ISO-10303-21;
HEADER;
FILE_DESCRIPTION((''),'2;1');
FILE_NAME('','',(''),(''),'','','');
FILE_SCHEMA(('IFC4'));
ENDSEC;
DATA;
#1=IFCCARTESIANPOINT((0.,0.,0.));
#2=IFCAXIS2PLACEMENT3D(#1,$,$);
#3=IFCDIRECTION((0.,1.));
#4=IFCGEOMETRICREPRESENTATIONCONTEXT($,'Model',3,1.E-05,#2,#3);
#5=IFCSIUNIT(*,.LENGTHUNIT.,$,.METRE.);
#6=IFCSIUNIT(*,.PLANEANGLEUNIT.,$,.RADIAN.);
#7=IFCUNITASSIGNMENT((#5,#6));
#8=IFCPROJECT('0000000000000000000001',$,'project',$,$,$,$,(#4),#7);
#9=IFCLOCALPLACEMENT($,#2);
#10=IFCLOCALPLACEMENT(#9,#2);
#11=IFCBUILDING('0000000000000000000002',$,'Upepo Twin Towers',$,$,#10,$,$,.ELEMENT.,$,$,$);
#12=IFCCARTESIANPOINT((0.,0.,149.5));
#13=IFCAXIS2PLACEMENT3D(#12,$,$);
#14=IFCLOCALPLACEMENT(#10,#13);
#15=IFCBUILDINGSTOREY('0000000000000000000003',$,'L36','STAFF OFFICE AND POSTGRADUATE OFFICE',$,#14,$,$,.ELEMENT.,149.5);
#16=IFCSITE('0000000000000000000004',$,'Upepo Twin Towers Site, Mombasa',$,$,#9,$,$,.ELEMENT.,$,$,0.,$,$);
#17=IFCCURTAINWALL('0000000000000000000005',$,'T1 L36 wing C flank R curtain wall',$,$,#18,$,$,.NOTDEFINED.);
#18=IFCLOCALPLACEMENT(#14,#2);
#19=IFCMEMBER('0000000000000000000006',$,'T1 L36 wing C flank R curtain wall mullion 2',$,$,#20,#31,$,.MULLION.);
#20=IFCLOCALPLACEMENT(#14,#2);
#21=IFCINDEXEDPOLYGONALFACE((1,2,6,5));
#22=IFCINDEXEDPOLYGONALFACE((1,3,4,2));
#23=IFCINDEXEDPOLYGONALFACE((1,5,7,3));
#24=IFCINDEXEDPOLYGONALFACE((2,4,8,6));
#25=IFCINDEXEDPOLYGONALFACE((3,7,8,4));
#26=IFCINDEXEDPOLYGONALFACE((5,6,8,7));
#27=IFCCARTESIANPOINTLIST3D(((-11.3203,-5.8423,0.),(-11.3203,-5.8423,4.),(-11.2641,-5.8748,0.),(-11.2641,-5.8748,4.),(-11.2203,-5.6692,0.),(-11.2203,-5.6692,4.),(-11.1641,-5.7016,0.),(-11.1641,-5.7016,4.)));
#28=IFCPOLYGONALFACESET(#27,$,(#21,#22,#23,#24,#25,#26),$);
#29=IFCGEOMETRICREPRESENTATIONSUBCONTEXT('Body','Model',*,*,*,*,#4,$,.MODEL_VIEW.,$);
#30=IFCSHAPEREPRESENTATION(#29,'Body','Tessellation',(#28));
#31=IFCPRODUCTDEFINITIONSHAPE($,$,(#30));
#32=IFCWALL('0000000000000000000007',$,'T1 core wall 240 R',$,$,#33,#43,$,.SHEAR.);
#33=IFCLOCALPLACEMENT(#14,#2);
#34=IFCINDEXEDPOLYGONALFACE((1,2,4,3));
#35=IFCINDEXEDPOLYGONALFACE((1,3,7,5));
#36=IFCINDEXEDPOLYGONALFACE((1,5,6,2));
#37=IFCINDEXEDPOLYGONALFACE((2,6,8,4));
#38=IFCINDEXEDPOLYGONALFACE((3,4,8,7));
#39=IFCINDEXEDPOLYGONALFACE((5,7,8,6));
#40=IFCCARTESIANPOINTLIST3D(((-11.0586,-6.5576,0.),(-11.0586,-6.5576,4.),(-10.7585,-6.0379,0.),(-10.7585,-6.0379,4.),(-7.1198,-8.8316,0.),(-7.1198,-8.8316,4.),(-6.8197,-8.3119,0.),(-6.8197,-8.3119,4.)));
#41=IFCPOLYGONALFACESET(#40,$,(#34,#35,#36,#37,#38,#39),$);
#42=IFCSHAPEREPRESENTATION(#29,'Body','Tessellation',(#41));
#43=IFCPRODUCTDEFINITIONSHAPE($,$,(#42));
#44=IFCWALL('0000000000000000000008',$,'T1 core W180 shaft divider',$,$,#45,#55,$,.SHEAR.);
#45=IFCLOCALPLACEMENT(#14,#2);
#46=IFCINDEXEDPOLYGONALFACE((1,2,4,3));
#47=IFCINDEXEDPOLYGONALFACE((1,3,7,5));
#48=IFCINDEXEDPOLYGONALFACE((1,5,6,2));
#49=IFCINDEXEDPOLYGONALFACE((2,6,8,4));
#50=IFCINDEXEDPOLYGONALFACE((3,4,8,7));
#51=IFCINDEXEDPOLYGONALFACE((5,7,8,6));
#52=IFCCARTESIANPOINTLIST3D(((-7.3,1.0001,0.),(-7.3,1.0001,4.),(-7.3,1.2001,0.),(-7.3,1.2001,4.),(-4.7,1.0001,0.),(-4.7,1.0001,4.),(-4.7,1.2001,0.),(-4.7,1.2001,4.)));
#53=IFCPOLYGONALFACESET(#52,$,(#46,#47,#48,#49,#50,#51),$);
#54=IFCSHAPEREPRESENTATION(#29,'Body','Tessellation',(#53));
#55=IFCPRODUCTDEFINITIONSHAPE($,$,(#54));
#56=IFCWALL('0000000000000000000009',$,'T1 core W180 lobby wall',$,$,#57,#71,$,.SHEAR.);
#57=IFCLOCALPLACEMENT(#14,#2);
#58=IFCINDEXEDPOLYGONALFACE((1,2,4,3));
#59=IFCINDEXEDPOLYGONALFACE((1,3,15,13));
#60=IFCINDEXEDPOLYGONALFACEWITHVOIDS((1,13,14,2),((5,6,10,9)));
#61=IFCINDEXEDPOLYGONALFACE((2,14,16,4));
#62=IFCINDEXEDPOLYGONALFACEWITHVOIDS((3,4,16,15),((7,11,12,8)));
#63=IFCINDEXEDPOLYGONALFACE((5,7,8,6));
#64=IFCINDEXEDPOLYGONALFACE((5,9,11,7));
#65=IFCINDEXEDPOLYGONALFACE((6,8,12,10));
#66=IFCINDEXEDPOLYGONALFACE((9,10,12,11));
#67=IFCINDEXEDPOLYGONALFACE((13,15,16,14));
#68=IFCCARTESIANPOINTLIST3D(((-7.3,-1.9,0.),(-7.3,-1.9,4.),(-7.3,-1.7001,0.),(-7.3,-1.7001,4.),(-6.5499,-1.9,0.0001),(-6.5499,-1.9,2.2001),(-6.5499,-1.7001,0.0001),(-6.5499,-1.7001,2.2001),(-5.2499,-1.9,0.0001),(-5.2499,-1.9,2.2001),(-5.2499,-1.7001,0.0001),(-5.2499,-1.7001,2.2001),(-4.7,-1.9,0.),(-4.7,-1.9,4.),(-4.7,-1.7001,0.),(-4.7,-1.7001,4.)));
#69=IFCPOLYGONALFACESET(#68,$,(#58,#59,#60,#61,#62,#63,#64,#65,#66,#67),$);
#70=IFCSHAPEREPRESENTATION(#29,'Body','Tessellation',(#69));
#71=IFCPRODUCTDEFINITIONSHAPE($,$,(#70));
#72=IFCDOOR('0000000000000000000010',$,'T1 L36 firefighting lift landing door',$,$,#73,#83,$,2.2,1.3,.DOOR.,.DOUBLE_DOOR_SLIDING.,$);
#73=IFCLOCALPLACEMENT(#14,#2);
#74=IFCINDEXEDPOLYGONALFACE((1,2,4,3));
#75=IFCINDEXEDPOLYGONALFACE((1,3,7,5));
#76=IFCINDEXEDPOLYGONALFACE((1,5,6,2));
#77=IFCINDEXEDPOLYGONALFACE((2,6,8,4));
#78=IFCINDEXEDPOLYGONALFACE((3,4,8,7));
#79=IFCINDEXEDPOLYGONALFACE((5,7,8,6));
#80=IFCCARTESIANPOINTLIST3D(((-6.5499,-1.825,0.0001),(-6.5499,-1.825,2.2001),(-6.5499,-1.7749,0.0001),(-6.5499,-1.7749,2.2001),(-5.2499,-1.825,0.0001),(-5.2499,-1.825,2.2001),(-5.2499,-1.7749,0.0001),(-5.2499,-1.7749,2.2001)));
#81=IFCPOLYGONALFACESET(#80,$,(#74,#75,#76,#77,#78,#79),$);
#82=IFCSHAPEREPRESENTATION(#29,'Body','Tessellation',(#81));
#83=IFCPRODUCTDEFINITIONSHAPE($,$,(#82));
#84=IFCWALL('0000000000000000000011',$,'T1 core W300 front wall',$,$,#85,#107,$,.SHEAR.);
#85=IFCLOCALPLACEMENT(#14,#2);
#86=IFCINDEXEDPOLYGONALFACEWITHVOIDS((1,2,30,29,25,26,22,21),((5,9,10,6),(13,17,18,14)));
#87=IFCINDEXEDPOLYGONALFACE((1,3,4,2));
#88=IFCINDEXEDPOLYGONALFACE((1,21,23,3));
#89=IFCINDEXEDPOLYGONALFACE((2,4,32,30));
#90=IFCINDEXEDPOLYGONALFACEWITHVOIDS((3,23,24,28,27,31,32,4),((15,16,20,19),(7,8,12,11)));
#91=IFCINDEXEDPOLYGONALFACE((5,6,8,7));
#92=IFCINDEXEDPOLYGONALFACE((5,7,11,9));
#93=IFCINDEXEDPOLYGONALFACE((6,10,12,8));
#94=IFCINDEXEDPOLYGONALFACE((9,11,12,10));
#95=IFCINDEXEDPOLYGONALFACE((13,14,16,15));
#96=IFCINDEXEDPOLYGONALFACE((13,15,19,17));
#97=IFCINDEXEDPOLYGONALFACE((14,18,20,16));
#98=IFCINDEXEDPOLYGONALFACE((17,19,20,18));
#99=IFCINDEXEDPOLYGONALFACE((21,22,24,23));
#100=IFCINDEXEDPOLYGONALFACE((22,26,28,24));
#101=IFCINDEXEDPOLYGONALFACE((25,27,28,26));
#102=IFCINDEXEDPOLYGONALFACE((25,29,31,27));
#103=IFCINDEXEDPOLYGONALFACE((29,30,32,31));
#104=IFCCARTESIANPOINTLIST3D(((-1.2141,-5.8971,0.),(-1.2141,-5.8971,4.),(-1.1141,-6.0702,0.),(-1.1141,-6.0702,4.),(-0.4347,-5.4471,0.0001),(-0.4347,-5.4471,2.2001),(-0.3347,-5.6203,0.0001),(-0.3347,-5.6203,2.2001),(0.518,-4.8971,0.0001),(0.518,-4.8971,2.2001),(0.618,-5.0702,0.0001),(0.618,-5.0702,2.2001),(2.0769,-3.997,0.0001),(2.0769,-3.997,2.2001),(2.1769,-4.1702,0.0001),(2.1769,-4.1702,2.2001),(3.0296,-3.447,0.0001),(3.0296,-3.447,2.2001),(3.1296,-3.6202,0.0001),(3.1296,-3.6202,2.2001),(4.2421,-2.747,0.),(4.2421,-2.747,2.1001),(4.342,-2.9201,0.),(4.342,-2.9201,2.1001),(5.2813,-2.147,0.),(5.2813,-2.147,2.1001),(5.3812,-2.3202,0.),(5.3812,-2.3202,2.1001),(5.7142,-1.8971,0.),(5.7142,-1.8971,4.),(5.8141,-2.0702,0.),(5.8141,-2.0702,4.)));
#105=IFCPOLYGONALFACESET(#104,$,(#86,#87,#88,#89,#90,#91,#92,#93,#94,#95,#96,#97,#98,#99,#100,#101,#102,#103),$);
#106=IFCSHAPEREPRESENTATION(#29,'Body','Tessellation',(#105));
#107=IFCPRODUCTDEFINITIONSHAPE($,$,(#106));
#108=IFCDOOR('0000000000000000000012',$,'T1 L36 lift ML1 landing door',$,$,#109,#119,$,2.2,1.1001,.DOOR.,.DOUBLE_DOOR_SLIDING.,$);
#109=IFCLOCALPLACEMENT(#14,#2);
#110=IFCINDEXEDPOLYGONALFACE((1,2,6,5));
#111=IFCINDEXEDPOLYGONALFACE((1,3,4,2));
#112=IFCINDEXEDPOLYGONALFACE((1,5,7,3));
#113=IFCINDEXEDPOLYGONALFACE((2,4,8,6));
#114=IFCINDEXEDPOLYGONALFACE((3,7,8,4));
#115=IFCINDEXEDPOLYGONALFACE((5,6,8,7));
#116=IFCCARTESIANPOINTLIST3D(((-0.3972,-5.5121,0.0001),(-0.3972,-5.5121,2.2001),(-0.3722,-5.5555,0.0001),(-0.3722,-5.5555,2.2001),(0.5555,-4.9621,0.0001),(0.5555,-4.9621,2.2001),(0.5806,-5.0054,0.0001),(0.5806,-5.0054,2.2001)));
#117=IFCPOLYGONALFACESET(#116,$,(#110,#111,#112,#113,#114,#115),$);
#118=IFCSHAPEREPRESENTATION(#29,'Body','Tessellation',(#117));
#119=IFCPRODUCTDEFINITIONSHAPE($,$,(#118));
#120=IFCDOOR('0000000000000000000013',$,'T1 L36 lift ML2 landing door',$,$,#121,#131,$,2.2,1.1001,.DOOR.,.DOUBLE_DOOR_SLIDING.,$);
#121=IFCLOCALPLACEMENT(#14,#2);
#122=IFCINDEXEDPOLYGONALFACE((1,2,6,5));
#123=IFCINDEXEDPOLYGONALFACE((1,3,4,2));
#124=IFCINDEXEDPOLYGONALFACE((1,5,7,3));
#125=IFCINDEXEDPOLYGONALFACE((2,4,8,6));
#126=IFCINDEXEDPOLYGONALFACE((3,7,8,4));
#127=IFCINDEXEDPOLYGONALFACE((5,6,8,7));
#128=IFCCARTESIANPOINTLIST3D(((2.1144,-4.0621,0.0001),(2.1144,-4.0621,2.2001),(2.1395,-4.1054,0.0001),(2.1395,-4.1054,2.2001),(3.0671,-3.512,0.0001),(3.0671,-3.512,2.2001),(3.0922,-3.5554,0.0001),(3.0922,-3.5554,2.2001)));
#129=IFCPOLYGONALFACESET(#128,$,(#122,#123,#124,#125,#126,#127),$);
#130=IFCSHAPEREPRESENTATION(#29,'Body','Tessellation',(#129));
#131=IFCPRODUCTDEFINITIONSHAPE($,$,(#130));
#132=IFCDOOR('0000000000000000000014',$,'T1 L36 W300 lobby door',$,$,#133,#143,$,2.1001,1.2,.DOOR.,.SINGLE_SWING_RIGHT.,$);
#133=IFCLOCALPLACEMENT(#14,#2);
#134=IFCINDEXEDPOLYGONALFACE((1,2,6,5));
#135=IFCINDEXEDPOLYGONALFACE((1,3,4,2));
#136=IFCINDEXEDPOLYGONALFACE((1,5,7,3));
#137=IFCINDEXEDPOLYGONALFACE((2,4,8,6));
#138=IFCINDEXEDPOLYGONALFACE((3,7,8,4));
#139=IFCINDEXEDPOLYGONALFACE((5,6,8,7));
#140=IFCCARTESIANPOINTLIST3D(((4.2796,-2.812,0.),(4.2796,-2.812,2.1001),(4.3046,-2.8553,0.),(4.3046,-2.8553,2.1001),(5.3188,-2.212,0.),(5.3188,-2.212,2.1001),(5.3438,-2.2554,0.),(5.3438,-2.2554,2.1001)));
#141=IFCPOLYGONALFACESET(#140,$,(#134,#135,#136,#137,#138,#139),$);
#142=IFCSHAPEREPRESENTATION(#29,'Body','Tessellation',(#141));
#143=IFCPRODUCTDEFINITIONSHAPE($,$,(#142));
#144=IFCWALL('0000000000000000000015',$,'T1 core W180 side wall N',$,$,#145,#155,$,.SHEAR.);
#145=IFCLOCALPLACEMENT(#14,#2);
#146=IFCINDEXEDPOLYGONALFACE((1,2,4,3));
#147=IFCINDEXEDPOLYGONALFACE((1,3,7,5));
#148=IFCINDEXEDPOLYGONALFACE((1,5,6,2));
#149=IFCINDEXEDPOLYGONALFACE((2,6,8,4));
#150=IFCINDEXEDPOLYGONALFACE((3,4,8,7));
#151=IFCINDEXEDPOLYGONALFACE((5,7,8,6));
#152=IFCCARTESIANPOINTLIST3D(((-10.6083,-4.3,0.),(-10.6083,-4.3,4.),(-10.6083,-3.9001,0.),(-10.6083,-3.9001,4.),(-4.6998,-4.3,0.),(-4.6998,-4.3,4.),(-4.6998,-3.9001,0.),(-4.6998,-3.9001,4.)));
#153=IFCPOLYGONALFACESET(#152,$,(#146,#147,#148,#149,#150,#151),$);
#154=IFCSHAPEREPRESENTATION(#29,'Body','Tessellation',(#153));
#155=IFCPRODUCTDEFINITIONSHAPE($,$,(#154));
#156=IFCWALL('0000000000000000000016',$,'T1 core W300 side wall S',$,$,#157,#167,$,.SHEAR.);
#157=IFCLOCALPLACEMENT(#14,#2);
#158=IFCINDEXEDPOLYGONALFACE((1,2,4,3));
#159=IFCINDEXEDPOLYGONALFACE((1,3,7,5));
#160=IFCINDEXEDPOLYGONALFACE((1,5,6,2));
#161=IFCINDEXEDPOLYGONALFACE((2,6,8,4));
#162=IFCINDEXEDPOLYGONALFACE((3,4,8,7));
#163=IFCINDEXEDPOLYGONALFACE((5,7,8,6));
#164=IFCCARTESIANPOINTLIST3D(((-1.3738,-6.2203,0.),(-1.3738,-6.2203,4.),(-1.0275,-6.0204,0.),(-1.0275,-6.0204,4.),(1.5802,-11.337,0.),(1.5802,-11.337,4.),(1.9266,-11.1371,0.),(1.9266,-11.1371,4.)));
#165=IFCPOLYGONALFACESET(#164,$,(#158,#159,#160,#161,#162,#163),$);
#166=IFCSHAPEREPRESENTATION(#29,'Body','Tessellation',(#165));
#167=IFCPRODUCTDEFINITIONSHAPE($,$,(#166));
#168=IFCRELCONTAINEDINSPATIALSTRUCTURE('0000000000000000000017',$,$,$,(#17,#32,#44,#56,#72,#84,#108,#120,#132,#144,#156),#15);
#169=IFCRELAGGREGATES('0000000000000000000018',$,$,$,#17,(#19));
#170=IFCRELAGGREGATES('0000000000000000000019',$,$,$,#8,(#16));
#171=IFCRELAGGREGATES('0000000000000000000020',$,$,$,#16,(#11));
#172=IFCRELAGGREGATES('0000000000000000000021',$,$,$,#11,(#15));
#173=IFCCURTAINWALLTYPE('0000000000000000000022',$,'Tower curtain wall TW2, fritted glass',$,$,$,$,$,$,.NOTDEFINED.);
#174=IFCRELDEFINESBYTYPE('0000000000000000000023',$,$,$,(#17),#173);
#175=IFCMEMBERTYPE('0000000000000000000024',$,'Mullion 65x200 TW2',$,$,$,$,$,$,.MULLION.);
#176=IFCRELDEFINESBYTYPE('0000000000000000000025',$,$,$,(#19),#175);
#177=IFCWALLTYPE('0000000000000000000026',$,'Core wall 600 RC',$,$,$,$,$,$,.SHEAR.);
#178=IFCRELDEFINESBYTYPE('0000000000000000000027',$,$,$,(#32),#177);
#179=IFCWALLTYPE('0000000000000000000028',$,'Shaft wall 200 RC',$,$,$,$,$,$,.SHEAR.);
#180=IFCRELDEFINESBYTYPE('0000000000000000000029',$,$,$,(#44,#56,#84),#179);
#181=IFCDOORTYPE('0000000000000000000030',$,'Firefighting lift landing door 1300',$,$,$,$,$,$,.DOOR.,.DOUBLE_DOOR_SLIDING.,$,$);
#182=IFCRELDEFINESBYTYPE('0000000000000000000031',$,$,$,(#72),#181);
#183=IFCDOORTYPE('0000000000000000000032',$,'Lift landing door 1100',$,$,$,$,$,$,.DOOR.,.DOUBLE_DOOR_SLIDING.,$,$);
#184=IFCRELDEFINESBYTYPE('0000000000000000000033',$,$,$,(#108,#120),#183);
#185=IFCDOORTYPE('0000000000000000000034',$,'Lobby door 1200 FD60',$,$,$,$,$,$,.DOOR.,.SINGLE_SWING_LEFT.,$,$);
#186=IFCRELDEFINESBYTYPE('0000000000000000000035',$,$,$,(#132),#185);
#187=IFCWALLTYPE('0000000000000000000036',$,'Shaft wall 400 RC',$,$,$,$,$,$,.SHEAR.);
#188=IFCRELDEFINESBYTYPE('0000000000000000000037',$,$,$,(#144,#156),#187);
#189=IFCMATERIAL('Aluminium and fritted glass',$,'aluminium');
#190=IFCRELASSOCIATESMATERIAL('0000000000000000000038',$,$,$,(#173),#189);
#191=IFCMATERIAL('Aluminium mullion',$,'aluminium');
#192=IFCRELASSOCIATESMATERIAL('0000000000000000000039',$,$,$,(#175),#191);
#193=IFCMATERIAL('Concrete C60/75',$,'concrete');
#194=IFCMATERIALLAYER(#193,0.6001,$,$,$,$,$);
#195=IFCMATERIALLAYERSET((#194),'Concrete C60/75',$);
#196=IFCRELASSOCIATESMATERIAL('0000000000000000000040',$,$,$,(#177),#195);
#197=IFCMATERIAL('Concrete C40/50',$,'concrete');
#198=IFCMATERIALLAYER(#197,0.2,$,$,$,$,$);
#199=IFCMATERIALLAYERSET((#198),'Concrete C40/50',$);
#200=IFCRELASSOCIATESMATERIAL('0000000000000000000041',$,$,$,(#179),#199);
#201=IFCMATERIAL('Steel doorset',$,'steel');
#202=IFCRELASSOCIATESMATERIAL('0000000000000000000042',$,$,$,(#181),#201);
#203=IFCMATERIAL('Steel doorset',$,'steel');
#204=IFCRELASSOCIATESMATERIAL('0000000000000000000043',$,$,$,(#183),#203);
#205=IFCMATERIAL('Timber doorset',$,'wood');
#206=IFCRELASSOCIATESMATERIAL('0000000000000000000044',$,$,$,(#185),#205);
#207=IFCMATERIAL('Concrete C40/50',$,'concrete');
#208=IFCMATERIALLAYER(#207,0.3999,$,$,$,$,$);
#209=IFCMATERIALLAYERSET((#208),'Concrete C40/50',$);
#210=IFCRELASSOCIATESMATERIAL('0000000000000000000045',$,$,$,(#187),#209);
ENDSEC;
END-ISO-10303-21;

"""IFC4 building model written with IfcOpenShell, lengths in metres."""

from ifc_helpers import new_model, si_unit, direction, frame, frame_2d, origin, origin_2d, place, context, subcontext, project, spatial, rectangle, extrude, material, layer, layer_set, material_profile, profile_set, type_object, element, fill, aggregate, save


model = new_model("IFC4")

# Units and contexts
model_context = context("Model", 3, precision=1e-05, world=origin(), true_north=direction((0.0, 1.0)))
body_context = subcontext(model_context, "Body", "Model", "MODEL_VIEW")
ifc_project = project(units=[si_unit("LENGTHUNIT", "METRE"), si_unit("PLANEANGLEUNIT", "RADIAN")], contexts=[model_context])

# Site, building, storey
site_placement = place(None, origin())
site = spatial("IfcSite", under=ifc_project, at=site_placement, Name="Upepo Twin Towers Site, Mombasa", CompositionType="ELEMENT", RefElevation=0.0)
building_placement = place(site_placement, origin())
building = spatial("IfcBuilding", under=site, at=building_placement, Name="Upepo Twin Towers", CompositionType="ELEMENT")
storey_placement = place(building_placement, frame((0.0, 0.0, 149.5)))
storey = spatial("IfcBuildingStorey", under=building, at=storey_placement, Name="L36", Description="STAFF OFFICE AND POSTGRADUATE OFFICE", CompositionType="ELEMENT", Elevation=149.5)

# Curtain wall, member
ifc_material_1 = material(Name="Aluminium and fritted glass", Category="aluminium")
curtain_wall_type = type_object("IfcCurtainWallType", Name="Tower curtain wall TW2, fritted glass", PredefinedType="NOTDEFINED", material=ifc_material_1)
curtain_wall_placement = place(storey_placement, origin())
curtain_wall = element("IfcCurtainWall", 1, at=curtain_wall_placement, inside=storey, type_object=curtain_wall_type, Name="T1 L36 wing C flank R curtain wall", PredefinedType="NOTDEFINED")
ifc_material_2 = material(Name="Aluminium mullion", Category="aluminium")
ifc_material_profile = material_profile(ifc_material_2, rectangle(XDim=0.0649, YDim=0.2, at=origin_2d()), Name="MULLION 65x200")
ifc_profile_set = profile_set([ifc_material_profile], Name="Aluminium mullion")
member_type = type_object("IfcMemberType", Name="Mullion 65x200 TW2", PredefinedType="MULLION", material=ifc_profile_set)
member_placement = place(storey_placement, frame((-11.2422, -5.772, 0.0), z_axis=(0.0, 0.0, 1.0), x_axis=(-0.866025, 0.5, 0.0)))
member = element("IfcMember", 2, at=member_placement, type_object=member_type, Name="T1 L36 wing C flank R curtain wall mullion 2", PredefinedType="MULLION", context=body_context, shape_type="SweptSolid", body=[
    extrude(rectangle(XDim=0.0649, YDim=0.2, at=origin_2d()), origin(), (0.0, 0.0, 1.0), 4.0),
])
aggregate(curtain_wall, [member])

# Walls
ifc_material_3 = material(Name="Concrete C60/75", Category="concrete")
ifc_layer_1 = layer(ifc_material_3, 0.6001)
ifc_layer_set_1 = layer_set([ifc_layer_1], Name="Concrete C60/75")
wall_type_1 = type_object("IfcWallType", Name="Core wall 600 RC", PredefinedType="SHEAR", material=ifc_layer_set_1)
wall_1_placement = place(storey_placement, frame((-10.9084, -6.2979, 0.0), z_axis=(0.0, 0.0, 1.0), x_axis=(0.866035, -0.499984, 0.0)))
element("IfcWall", 3, at=wall_1_placement, inside=storey, type_object=wall_type_1, Name="T1 core wall 240 R", PredefinedType="SHEAR", context=body_context, shape_type="SweptSolid", body=[
    extrude(rectangle(XDim=4.5481, YDim=0.6001, at=frame_2d((2.2739, 0.0))), origin(), (0.0, 0.0, 1.0), 4.0),
])
ifc_material_4 = material(Name="Concrete C40/50", Category="concrete")
ifc_layer_2 = layer(ifc_material_4, 0.2)
ifc_layer_set_2 = layer_set([ifc_layer_2], Name="Concrete C40/50")
wall_type_2 = type_object("IfcWallType", Name="Shaft wall 200 RC", PredefinedType="SHEAR", material=ifc_layer_set_2)
wall_2_placement = place(storey_placement, frame((-4.7, 1.1001, 0.0), z_axis=(0.0, 0.0, 1.0), x_axis=(-1.0, 0.0, 0.0)))
element("IfcWall", 4, at=wall_2_placement, inside=storey, type_object=wall_type_2, Name="T1 core W180 shaft divider", PredefinedType="SHEAR", context=body_context, shape_type="SweptSolid", body=[
    extrude(rectangle(XDim=2.6001, YDim=0.2, at=frame_2d((1.3, 0.0))), origin(), (0.0, 0.0, 1.0), 4.0),
])

# Wall, opening, door
wall_3_placement = place(storey_placement, frame((-4.7, -1.8, 0.0), z_axis=(0.0, 0.0, 1.0), x_axis=(-1.0, 0.0, 0.0)))
wall_3 = element("IfcWall", 5, at=wall_3_placement, inside=storey, type_object=wall_type_2, Name="T1 core W180 lobby wall", PredefinedType="SHEAR", context=body_context, shape_type="SweptSolid", body=[
    extrude(rectangle(XDim=2.6001, YDim=0.2, at=frame_2d((1.3, 0.0))), origin(), (0.0, 0.0, 1.0), 4.0),
])
opening_1_placement = place(wall_3_placement, frame((0.55, 0.0, 0.0)))
opening_1 = element("IfcOpeningElement", 6, at=opening_1_placement, cuts=wall_3, PredefinedType="OPENING", context=body_context, shape_type="SweptSolid", body=[
    extrude(rectangle(XDim=1.3, YDim=2.2, at=frame_2d((0.6499, 1.1001))), frame((0.0, 0.1099, 0.0), z_axis=(0.0, -1.0, 0.0), x_axis=(1.0, 0.0, 0.0)), (0.0, 0.0, 1.0), 0.22),
])
ifc_material_5 = material(Name="Steel doorset", Category="steel")
door_type_1 = type_object("IfcDoorType", Name="Firefighting lift landing door 1300", OperationType="DOUBLE_DOOR_SLIDING", PredefinedType="DOOR", material=ifc_material_5)
door_1_placement = place(opening_1_placement, origin())
door_1 = element("IfcDoor", 7, at=door_1_placement, inside=storey, type_object=door_type_1, Name="T1 L36 firefighting lift landing door", OperationType="DOUBLE_DOOR_SLIDING", OverallHeight=2.2, OverallWidth=1.3, PredefinedType="DOOR", context=body_context, shape_type="SweptSolid", body=[
    extrude(rectangle(XDim=1.3, YDim=2.2, at=frame_2d((0.6499, 1.1001))), frame((0.0, 0.0249, 0.0), z_axis=(0.0, -1.0, 0.0), x_axis=(1.0, 0.0, 0.0)), (0.0, 0.0, 1.0), 0.05),
])
fill(opening_1, door_1)

# Wall, openings, doors
wall_4_placement = place(storey_placement, frame((-1.1641, -5.9836, 0.0), z_axis=(0.0, 0.0, 1.0), x_axis=(0.866026, 0.499999, 0.0)))
wall_4 = element("IfcWall", 8, at=wall_4_placement, inside=storey, type_object=wall_type_2, Name="T1 core W300 front wall", PredefinedType="SHEAR", context=body_context, shape_type="SweptSolid", body=[
    extrude(rectangle(XDim=8.0, YDim=0.2, at=frame_2d((4.0, 0.0))), origin(), (0.0, 0.0, 1.0), 4.0),
])
opening_2_placement = place(wall_4_placement, frame((6.3, 0.0, 0.0)))
opening_2 = element("IfcOpeningElement", 9, at=opening_2_placement, cuts=wall_4, PredefinedType="OPENING", context=body_context, shape_type="SweptSolid", body=[
    extrude(rectangle(XDim=1.2, YDim=2.1001, at=frame_2d((0.6001, 1.05))), frame((0.0, 0.1099, 0.0), z_axis=(0.0, -1.0, 0.0), x_axis=(1.0, 0.0, 0.0)), (0.0, 0.0, 1.0), 0.22),
])
opening_3_placement = place(wall_4_placement, frame((0.8999, 0.0, 0.0)))
opening_3 = element("IfcOpeningElement", 10, at=opening_3_placement, cuts=wall_4, PredefinedType="OPENING", context=body_context, shape_type="SweptSolid", body=[
    extrude(rectangle(XDim=1.1001, YDim=2.2, at=frame_2d((0.55, 1.1001))), frame((0.0, 0.1099, 0.0), z_axis=(0.0, -1.0, 0.0), x_axis=(1.0, 0.0, 0.0)), (0.0, 0.0, 1.0), 0.22),
])
opening_4_placement = place(wall_4_placement, frame((3.8, 0.0, 0.0)))
opening_4 = element("IfcOpeningElement", 11, at=opening_4_placement, cuts=wall_4, PredefinedType="OPENING", context=body_context, shape_type="SweptSolid", body=[
    extrude(rectangle(XDim=1.1001, YDim=2.2, at=frame_2d((0.55, 1.1001))), frame((0.0, 0.1099, 0.0), z_axis=(0.0, -1.0, 0.0), x_axis=(1.0, 0.0, 0.0)), (0.0, 0.0, 1.0), 0.22),
])
ifc_material_6 = material(Name="Steel doorset", Category="steel")
door_type_2 = type_object("IfcDoorType", Name="Lift landing door 1100", OperationType="DOUBLE_DOOR_SLIDING", PredefinedType="DOOR", material=ifc_material_6)
door_2_placement = place(opening_3_placement, origin())
door_2 = element("IfcDoor", 12, at=door_2_placement, inside=storey, type_object=door_type_2, Name="T1 L36 lift ML1 landing door", OperationType="DOUBLE_DOOR_SLIDING", OverallHeight=2.2, OverallWidth=1.1001, PredefinedType="DOOR", context=body_context, shape_type="SweptSolid", body=[
    extrude(rectangle(XDim=1.1001, YDim=2.2, at=frame_2d((0.55, 1.1001))), frame((0.0, 0.0249, 0.0), z_axis=(0.0, -1.0, 0.0), x_axis=(1.0, 0.0, 0.0)), (0.0, 0.0, 1.0), 0.05),
])
fill(opening_3, door_2)
door_3_placement = place(opening_4_placement, origin())
door_3 = element("IfcDoor", 13, at=door_3_placement, inside=storey, type_object=door_type_2, Name="T1 L36 lift ML2 landing door", OperationType="DOUBLE_DOOR_SLIDING", OverallHeight=2.2, OverallWidth=1.1001, PredefinedType="DOOR", context=body_context, shape_type="SweptSolid", body=[
    extrude(rectangle(XDim=1.1001, YDim=2.2, at=frame_2d((0.55, 1.1001))), frame((0.0, 0.0249, 0.0), z_axis=(0.0, -1.0, 0.0), x_axis=(1.0, 0.0, 0.0)), (0.0, 0.0, 1.0), 0.05),
])
fill(opening_4, door_3)
ifc_material_7 = material(Name="Timber doorset", Category="wood")
door_type_3 = type_object("IfcDoorType", Name="Lobby door 1200 FD60", OperationType="SINGLE_SWING_LEFT", PredefinedType="DOOR", material=ifc_material_7)
door_4_placement = place(opening_2_placement, origin())
door_4 = element("IfcDoor", 14, at=door_4_placement, inside=storey, type_object=door_type_3, Name="T1 L36 W300 lobby door", OperationType="SINGLE_SWING_RIGHT", OverallHeight=2.1001, OverallWidth=1.2, PredefinedType="DOOR", context=body_context, shape_type="SweptSolid", body=[
    extrude(rectangle(XDim=1.2, YDim=2.1001, at=frame_2d((0.6001, 1.05))), frame((0.0, 0.0249, 0.0), z_axis=(0.0, -1.0, 0.0), x_axis=(1.0, 0.0, 0.0)), (0.0, 0.0, 1.0), 0.05),
])
fill(opening_2, door_4)

# Walls
ifc_material_8 = material(Name="Concrete C40/50", Category="concrete")
ifc_layer_3 = layer(ifc_material_8, 0.3999)
ifc_layer_set_3 = layer_set([ifc_layer_3], Name="Concrete C40/50")
wall_type_3 = type_object("IfcWallType", Name="Shaft wall 400 RC", PredefinedType="SHEAR", material=ifc_layer_set_3)
wall_5_placement = place(storey_placement, frame((-4.7, -4.1001, 0.0), z_axis=(0.0, 0.0, 1.0), x_axis=(-1.0, 0.0, 0.0)))
element("IfcWall", 15, at=wall_5_placement, inside=storey, type_object=wall_type_3, Name="T1 core W180 side wall N", PredefinedType="SHEAR", context=body_context, shape_type="SweptSolid", body=[
    extrude(rectangle(XDim=5.9084, YDim=0.3999, at=frame_2d((2.9541, 0.0))), origin(), (0.0, 0.0, 1.0), 4.0),
])
wall_6_placement = place(storey_placement, frame((-1.2007, -6.1204, 0.0), z_axis=(0.0, 0.0, 1.0), x_axis=(0.499997, -0.866027, 0.0)))
element("IfcWall", 16, at=wall_6_placement, inside=storey, type_object=wall_type_3, Name="T1 core W300 side wall S", PredefinedType="SHEAR", context=body_context, shape_type="SweptSolid", body=[
    extrude(rectangle(XDim=5.9082, YDim=0.3999, at=frame_2d((2.9541, 0.0))), origin(), (0.0, 0.0, 1.0), 4.0),
])

save(model, "model.ifc")
